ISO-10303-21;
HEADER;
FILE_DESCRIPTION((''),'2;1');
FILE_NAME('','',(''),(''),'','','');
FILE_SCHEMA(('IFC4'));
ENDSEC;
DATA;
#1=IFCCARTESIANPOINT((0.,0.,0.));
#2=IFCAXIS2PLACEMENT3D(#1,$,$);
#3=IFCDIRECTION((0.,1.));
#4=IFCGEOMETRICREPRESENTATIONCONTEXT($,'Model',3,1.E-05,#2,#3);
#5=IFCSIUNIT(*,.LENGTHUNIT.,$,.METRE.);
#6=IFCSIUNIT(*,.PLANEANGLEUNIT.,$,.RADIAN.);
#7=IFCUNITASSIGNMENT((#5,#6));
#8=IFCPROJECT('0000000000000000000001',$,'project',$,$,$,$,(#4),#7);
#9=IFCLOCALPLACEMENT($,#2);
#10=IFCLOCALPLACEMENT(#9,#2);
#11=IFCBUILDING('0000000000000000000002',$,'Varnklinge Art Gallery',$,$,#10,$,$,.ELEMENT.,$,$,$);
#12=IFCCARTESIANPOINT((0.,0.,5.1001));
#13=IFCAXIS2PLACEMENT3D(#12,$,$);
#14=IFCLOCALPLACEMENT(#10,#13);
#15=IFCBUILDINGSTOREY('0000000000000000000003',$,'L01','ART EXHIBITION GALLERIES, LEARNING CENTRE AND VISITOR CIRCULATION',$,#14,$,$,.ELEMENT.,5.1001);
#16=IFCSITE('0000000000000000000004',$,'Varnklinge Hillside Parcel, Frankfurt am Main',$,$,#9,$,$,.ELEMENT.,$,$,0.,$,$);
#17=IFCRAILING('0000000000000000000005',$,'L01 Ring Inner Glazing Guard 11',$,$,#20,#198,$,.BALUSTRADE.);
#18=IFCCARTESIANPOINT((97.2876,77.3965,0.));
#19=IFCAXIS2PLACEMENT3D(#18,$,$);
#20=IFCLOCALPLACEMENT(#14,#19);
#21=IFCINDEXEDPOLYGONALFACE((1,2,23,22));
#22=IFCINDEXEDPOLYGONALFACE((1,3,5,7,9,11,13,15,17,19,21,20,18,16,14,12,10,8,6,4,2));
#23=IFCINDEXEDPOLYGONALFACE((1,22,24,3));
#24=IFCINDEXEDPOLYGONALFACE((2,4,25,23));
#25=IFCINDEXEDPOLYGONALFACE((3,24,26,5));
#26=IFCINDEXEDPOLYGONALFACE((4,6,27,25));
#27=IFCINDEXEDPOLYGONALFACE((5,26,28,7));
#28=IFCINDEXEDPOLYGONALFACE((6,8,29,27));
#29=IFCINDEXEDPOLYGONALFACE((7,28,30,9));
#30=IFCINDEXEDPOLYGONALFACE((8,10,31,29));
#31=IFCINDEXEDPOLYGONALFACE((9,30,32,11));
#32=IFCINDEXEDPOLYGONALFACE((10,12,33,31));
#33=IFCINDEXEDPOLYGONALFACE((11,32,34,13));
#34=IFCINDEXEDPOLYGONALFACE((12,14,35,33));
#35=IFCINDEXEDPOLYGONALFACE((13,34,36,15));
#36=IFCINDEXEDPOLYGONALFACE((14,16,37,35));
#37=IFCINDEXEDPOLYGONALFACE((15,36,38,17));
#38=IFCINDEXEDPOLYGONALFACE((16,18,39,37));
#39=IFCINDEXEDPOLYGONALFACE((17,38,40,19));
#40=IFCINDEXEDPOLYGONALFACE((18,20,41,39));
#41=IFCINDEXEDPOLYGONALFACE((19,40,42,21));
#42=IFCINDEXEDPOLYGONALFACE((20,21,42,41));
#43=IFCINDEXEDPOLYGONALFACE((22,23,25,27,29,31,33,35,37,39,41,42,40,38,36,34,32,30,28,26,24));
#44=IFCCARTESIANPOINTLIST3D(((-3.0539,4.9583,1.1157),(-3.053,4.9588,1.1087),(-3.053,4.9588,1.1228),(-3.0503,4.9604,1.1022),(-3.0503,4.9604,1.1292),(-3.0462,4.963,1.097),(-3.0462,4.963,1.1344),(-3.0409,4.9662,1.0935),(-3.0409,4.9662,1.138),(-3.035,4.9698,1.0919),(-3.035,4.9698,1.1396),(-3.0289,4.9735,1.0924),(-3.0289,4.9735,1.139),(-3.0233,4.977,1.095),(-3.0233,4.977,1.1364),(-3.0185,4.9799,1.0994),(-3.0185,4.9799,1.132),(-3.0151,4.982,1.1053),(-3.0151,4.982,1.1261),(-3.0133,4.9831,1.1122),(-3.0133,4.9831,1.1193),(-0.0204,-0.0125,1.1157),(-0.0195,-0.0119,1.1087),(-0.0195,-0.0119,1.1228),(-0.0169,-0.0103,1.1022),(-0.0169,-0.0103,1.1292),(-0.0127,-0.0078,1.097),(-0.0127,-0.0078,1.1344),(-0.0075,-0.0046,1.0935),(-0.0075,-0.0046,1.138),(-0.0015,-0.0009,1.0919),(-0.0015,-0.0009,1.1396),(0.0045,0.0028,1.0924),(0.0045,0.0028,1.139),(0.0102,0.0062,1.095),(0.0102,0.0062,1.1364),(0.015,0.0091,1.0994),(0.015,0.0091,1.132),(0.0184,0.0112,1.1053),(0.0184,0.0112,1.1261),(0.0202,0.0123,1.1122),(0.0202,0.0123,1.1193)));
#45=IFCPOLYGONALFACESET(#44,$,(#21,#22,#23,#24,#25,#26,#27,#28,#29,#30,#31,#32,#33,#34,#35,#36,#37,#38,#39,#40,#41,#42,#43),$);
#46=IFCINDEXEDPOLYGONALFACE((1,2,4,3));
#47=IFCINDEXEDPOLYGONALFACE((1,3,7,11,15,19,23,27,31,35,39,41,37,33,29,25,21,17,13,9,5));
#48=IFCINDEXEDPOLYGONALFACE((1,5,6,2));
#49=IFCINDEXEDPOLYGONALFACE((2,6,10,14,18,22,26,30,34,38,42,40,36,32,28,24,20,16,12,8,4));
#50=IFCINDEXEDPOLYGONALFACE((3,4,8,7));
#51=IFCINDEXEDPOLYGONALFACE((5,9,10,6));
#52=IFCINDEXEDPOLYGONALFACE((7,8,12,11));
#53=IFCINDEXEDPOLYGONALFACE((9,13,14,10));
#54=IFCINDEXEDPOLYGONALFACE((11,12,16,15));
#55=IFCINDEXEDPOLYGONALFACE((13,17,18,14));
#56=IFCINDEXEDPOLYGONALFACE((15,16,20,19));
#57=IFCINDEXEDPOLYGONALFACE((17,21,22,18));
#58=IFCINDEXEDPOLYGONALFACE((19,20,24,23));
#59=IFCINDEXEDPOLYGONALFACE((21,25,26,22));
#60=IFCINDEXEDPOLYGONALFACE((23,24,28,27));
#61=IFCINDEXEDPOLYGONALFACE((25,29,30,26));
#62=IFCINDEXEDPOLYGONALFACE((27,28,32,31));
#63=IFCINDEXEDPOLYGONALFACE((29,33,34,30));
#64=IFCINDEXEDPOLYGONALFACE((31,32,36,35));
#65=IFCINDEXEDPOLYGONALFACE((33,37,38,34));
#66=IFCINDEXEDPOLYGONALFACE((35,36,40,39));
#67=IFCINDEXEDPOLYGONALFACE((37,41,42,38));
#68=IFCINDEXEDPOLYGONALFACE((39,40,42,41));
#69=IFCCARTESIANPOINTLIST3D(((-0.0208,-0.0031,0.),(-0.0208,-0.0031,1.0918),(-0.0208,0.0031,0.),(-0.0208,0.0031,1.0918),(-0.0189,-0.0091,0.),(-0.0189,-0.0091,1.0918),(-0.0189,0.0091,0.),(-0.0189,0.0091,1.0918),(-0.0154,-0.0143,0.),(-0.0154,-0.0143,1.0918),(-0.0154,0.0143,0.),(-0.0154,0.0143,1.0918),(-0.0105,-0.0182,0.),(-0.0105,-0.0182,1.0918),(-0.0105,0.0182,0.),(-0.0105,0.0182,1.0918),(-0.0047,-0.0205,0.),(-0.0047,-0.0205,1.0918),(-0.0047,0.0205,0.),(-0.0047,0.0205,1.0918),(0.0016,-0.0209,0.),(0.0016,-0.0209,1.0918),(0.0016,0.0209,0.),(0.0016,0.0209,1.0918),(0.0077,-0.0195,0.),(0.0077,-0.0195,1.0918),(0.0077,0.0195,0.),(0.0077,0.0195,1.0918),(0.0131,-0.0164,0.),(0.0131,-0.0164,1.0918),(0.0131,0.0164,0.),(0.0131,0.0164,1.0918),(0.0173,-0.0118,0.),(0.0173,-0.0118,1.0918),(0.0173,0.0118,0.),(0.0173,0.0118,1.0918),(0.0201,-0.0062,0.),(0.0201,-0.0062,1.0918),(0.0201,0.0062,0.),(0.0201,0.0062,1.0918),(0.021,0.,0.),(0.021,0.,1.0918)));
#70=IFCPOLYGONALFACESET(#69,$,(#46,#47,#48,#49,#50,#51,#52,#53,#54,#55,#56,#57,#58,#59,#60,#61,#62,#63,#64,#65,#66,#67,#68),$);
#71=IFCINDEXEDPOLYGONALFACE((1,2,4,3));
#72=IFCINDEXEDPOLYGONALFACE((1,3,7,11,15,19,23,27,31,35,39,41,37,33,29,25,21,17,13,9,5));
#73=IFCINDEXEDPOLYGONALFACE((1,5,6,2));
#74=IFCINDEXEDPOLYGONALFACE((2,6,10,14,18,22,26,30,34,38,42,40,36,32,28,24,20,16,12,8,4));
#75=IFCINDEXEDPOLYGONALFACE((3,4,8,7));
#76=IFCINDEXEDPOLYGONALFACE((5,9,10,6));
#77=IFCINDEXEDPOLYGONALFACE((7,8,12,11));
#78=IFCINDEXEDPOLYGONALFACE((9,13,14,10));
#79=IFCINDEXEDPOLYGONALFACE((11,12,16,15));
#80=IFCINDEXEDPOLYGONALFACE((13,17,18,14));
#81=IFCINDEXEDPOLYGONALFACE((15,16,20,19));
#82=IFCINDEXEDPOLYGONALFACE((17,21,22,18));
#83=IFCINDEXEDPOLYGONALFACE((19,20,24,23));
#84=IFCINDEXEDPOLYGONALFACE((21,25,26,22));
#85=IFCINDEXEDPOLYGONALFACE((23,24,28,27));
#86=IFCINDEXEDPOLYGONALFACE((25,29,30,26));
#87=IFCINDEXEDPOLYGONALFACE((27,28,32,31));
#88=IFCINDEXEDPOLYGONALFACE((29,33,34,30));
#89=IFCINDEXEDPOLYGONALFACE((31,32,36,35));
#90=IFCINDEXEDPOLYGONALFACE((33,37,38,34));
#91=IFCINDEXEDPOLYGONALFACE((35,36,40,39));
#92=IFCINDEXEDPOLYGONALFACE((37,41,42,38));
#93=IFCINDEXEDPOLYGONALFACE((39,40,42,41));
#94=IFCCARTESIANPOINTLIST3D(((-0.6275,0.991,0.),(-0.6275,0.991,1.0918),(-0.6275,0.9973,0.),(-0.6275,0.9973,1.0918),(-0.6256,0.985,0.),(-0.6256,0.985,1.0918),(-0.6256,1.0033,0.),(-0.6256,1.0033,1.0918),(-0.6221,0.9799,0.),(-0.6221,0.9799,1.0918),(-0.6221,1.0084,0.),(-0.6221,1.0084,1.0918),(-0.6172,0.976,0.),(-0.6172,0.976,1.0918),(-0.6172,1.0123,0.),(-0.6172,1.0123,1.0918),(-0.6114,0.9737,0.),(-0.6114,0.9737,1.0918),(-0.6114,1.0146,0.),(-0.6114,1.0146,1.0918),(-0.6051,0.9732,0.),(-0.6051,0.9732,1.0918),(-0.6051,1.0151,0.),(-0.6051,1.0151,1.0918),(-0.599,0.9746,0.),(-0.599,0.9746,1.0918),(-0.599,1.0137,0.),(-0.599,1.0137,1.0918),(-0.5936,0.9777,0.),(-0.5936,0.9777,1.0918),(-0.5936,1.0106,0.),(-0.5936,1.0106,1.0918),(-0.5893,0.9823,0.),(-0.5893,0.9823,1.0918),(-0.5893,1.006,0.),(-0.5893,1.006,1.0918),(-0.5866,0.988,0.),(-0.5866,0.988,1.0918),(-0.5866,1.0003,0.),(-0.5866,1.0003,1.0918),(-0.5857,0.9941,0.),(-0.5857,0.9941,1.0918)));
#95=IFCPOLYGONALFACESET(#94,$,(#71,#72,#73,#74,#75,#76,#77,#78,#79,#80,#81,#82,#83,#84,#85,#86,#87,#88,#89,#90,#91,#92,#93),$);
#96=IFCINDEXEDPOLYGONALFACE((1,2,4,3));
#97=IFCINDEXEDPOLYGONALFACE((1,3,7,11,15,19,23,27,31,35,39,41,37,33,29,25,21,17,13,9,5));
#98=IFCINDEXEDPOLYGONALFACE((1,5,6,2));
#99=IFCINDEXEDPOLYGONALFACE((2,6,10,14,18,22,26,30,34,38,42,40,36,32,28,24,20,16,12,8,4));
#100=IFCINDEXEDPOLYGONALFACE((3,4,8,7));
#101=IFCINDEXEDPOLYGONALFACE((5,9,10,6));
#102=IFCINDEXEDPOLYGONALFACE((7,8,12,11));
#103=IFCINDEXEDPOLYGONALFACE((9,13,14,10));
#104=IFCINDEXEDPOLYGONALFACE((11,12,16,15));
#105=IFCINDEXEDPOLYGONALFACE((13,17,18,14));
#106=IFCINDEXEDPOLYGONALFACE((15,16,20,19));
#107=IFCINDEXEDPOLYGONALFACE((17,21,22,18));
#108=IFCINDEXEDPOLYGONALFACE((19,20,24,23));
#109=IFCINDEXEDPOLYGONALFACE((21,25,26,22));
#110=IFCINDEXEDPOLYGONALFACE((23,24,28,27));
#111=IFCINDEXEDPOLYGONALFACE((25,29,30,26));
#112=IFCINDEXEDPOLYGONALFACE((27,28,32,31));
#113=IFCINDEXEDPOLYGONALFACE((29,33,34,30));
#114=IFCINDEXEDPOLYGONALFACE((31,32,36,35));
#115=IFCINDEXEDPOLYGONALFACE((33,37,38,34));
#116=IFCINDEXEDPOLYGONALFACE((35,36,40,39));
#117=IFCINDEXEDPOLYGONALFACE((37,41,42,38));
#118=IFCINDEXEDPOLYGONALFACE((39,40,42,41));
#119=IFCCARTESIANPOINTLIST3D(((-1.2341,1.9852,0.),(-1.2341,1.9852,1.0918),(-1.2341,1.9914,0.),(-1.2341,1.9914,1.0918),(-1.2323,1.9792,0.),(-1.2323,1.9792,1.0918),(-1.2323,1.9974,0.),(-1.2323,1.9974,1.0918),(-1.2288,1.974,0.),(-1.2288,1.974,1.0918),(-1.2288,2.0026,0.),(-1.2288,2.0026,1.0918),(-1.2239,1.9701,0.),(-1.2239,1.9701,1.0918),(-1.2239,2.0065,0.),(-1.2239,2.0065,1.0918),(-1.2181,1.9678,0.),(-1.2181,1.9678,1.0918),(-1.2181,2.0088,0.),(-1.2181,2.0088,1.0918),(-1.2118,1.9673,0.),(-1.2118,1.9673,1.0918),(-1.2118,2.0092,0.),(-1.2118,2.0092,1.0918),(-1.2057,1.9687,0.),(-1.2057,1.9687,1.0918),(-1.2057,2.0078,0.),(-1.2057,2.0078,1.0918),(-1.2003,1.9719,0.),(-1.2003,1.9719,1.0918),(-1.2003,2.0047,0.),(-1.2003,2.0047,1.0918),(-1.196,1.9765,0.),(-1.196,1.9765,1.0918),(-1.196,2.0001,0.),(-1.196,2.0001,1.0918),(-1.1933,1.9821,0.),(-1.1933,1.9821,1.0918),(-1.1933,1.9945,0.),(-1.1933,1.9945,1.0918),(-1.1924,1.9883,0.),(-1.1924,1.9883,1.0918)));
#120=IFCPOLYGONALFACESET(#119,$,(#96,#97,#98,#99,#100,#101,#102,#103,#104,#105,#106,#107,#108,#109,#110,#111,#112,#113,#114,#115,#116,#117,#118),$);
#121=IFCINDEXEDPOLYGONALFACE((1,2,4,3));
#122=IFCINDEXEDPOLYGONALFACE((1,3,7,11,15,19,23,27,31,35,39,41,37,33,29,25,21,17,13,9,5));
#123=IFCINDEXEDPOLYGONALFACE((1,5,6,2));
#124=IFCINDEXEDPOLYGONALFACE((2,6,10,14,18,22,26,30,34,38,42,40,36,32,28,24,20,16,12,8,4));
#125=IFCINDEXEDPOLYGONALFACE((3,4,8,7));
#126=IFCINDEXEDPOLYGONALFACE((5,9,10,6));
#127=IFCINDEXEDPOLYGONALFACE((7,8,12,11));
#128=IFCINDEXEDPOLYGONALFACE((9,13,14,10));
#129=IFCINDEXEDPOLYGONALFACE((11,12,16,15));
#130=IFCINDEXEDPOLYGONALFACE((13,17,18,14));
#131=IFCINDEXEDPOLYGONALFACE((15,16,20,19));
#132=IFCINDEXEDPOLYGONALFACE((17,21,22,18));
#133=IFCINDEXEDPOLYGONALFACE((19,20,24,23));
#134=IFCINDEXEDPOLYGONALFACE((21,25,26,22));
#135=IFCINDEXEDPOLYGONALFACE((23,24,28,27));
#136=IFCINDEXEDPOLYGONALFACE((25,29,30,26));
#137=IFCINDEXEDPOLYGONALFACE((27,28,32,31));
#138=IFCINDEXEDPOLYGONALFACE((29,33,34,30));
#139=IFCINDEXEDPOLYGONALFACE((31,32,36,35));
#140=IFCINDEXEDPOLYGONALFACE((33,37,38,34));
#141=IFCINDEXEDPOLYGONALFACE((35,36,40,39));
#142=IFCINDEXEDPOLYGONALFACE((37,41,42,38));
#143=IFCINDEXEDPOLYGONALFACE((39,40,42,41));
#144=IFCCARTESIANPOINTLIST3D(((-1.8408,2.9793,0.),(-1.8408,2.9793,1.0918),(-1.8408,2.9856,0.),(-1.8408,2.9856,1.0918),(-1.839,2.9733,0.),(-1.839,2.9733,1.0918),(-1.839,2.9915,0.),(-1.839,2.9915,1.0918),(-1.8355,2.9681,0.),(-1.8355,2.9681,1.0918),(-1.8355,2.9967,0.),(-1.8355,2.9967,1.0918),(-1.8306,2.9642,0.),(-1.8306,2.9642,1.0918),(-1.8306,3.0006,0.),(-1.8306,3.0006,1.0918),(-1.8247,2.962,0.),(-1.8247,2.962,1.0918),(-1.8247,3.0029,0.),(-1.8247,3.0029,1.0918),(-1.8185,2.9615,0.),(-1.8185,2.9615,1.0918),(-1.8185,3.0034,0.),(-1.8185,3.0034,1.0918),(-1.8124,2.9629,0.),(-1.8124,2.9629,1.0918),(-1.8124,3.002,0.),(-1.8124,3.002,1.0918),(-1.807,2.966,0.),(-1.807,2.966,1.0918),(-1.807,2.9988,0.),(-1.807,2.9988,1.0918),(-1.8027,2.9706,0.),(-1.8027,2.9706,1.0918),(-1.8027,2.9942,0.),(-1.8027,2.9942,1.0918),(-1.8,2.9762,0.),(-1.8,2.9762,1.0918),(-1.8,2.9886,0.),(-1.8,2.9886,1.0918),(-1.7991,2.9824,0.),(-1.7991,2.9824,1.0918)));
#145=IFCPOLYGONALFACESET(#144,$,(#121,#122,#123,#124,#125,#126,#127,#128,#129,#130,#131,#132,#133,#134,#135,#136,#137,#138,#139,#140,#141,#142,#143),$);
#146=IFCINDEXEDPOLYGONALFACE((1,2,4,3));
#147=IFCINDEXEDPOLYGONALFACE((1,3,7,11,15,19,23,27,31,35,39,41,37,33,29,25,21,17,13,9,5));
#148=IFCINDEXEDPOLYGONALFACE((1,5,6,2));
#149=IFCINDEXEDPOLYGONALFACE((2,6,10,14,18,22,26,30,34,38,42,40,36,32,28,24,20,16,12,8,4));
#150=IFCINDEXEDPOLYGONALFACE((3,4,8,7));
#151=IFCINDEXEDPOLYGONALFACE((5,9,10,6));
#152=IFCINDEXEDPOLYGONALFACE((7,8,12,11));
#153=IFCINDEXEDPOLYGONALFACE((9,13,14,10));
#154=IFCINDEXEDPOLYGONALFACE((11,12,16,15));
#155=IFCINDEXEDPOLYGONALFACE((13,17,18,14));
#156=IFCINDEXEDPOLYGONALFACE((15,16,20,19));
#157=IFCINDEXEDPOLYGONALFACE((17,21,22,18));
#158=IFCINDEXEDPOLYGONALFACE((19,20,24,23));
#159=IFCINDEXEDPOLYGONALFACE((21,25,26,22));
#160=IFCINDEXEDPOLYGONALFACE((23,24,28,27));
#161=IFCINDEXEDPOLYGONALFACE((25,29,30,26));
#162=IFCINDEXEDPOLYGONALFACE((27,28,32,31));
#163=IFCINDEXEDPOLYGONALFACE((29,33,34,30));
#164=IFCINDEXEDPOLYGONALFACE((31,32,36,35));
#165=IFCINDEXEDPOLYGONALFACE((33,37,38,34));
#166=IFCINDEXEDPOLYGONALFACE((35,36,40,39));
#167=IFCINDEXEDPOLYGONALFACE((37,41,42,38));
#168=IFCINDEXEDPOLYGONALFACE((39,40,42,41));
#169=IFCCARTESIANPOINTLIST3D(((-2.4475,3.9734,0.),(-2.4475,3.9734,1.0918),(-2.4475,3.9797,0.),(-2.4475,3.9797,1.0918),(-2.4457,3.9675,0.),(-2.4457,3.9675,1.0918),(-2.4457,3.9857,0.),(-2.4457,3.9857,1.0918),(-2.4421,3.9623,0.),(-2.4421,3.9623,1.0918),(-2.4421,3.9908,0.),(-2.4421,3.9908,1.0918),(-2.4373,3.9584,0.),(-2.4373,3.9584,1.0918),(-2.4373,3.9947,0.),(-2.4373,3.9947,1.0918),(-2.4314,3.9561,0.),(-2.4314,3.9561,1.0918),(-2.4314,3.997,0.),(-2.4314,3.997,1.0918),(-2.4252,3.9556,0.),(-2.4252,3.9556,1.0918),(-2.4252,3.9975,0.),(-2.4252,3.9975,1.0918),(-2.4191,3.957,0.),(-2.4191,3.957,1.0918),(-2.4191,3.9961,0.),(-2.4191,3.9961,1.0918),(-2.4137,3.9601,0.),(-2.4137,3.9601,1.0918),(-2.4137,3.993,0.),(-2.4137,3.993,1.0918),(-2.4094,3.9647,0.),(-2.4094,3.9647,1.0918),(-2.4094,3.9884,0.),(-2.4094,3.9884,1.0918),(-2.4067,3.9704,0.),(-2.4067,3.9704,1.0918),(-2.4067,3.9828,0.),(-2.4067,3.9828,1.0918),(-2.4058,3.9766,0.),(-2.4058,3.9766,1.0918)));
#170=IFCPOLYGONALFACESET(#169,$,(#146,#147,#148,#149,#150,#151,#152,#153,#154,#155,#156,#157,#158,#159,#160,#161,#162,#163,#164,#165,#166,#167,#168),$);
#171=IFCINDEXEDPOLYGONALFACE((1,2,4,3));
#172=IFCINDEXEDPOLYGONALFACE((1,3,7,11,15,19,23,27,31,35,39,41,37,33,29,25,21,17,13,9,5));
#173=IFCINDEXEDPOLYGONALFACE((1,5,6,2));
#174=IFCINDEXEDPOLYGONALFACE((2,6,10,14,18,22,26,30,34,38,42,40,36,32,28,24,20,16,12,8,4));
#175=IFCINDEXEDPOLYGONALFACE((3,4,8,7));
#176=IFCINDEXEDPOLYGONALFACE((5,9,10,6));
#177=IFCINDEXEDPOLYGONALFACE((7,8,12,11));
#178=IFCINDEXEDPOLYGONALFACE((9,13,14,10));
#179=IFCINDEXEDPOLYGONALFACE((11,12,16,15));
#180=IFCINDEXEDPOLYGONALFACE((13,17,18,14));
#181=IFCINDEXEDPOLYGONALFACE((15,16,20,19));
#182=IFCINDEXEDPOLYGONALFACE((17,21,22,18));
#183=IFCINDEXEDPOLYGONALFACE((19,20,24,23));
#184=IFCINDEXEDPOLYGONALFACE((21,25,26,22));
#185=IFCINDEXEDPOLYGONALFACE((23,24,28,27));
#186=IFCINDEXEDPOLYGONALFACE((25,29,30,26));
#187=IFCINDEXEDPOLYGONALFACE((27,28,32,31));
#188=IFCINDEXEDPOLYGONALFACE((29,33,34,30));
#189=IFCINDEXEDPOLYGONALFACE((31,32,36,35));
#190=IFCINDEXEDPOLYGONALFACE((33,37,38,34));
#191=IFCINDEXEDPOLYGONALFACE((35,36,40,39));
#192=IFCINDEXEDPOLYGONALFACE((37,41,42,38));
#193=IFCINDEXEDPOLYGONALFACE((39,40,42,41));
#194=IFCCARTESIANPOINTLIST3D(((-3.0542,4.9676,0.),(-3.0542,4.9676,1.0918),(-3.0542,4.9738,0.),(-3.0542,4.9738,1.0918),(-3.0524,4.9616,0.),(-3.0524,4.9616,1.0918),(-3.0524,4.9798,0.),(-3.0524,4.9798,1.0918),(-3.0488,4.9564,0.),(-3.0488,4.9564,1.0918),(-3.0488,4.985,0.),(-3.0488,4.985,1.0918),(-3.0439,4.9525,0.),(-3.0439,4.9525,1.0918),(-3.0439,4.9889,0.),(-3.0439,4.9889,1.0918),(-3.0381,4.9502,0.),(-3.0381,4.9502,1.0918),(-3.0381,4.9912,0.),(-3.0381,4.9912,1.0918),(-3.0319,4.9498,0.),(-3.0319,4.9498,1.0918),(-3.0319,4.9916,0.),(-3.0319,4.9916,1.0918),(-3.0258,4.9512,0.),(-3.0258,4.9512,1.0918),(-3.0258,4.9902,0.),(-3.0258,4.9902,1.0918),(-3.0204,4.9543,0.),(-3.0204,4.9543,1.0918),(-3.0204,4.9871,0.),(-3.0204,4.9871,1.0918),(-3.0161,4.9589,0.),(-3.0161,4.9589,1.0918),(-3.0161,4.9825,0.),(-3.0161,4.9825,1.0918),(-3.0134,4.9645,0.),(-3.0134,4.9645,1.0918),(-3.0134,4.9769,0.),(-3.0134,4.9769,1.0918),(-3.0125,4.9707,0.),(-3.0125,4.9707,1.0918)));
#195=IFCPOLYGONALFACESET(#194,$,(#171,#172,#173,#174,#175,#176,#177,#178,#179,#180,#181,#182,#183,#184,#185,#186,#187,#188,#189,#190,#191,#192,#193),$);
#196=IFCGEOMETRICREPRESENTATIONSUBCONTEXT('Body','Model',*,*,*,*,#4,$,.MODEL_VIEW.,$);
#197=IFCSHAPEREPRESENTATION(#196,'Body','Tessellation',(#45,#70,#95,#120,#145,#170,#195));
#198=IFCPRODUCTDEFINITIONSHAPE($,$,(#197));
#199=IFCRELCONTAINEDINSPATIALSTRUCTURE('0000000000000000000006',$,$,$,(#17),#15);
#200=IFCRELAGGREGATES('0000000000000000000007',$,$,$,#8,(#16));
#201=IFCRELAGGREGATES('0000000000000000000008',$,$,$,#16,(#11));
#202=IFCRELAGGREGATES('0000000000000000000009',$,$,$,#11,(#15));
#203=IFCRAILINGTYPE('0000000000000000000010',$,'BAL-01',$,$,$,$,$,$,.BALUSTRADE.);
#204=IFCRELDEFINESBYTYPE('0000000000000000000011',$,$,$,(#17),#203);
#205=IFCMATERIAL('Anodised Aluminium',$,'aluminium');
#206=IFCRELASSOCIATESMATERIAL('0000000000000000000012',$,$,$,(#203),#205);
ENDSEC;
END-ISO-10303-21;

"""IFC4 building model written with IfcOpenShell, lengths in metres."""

from ifc_helpers import new_model, si_unit, direction, frame, origin, origin_2d, place, context, subcontext, project, spatial, circle, extrude, material, type_object, element, save


model = new_model("IFC4")

# Units and contexts
model_context = context("Model", 3, precision=1e-05, world=origin(), true_north=direction((0.0, 1.0)))
body_context = subcontext(model_context, "Body", "Model", "MODEL_VIEW")
ifc_project = project(units=[si_unit("LENGTHUNIT", "METRE"), si_unit("PLANEANGLEUNIT", "RADIAN")], contexts=[model_context])

# Site, building, storey
site_placement = place(None, origin())
site = spatial("IfcSite", under=ifc_project, at=site_placement, Name="Varnklinge Hillside Parcel, Frankfurt am Main", CompositionType="ELEMENT", RefElevation=0.0)
building_placement = place(site_placement, origin())
building = spatial("IfcBuilding", under=site, at=building_placement, Name="Varnklinge Art Gallery", CompositionType="ELEMENT")
storey_placement = place(building_placement, frame((0.0, 0.0, 5.1001)))
storey = spatial("IfcBuildingStorey", under=building, at=storey_placement, Name="L01", Description="ART EXHIBITION GALLERIES, LEARNING CENTRE AND VISITOR CIRCULATION", CompositionType="ELEMENT", Elevation=5.1001)

# Railing
ifc_material_1 = material(Name="Anodised Aluminium", Category="aluminium")
railing_type = type_object("IfcRailingType", Name="BAL-01", PredefinedType="BALUSTRADE", material=ifc_material_1)
railing_placement = place(storey_placement, frame((97.2876, 77.3965, 0.0)))
element("IfcRailing", 1, at=railing_placement, inside=storey, type_object=railing_type, Name="L01 Ring Inner Glazing Guard 11", PredefinedType="BALUSTRADE", context=body_context, shape_type="SweptSolid", body=[
    extrude(circle(Radius=0.0239, at=origin_2d()), frame((0.0, 0.0, 1.1157), z_axis=(-0.520924, 0.853603, 0.0), x_axis=(-0.853603, -0.520924, 0.0)), (0.0, 0.0, 1.0), 5.8232),
    extrude(circle(Radius=0.021, at=origin_2d()), origin(), (0.0, 0.0, 1.0), 1.0918),
    extrude(circle(Radius=0.021, at=origin_2d()), frame((-0.6067, 0.9941, 0.0)), (0.0, 0.0, 1.0), 1.0918),
    extrude(circle(Radius=0.021, at=origin_2d()), frame((-1.2134, 1.9883, 0.0)), (0.0, 0.0, 1.0), 1.0918),
    extrude(circle(Radius=0.021, at=origin_2d()), frame((-1.8201, 2.9824, 0.0)), (0.0, 0.0, 1.0), 1.0918),
    extrude(circle(Radius=0.021, at=origin_2d()), frame((-2.4268, 3.9766, 0.0)), (0.0, 0.0, 1.0), 1.0918),
    extrude(circle(Radius=0.021, at=origin_2d()), frame((-3.0334, 4.9707, 0.0)), (0.0, 0.0, 1.0), 1.0918),
])

save(model, "model.ifc")
